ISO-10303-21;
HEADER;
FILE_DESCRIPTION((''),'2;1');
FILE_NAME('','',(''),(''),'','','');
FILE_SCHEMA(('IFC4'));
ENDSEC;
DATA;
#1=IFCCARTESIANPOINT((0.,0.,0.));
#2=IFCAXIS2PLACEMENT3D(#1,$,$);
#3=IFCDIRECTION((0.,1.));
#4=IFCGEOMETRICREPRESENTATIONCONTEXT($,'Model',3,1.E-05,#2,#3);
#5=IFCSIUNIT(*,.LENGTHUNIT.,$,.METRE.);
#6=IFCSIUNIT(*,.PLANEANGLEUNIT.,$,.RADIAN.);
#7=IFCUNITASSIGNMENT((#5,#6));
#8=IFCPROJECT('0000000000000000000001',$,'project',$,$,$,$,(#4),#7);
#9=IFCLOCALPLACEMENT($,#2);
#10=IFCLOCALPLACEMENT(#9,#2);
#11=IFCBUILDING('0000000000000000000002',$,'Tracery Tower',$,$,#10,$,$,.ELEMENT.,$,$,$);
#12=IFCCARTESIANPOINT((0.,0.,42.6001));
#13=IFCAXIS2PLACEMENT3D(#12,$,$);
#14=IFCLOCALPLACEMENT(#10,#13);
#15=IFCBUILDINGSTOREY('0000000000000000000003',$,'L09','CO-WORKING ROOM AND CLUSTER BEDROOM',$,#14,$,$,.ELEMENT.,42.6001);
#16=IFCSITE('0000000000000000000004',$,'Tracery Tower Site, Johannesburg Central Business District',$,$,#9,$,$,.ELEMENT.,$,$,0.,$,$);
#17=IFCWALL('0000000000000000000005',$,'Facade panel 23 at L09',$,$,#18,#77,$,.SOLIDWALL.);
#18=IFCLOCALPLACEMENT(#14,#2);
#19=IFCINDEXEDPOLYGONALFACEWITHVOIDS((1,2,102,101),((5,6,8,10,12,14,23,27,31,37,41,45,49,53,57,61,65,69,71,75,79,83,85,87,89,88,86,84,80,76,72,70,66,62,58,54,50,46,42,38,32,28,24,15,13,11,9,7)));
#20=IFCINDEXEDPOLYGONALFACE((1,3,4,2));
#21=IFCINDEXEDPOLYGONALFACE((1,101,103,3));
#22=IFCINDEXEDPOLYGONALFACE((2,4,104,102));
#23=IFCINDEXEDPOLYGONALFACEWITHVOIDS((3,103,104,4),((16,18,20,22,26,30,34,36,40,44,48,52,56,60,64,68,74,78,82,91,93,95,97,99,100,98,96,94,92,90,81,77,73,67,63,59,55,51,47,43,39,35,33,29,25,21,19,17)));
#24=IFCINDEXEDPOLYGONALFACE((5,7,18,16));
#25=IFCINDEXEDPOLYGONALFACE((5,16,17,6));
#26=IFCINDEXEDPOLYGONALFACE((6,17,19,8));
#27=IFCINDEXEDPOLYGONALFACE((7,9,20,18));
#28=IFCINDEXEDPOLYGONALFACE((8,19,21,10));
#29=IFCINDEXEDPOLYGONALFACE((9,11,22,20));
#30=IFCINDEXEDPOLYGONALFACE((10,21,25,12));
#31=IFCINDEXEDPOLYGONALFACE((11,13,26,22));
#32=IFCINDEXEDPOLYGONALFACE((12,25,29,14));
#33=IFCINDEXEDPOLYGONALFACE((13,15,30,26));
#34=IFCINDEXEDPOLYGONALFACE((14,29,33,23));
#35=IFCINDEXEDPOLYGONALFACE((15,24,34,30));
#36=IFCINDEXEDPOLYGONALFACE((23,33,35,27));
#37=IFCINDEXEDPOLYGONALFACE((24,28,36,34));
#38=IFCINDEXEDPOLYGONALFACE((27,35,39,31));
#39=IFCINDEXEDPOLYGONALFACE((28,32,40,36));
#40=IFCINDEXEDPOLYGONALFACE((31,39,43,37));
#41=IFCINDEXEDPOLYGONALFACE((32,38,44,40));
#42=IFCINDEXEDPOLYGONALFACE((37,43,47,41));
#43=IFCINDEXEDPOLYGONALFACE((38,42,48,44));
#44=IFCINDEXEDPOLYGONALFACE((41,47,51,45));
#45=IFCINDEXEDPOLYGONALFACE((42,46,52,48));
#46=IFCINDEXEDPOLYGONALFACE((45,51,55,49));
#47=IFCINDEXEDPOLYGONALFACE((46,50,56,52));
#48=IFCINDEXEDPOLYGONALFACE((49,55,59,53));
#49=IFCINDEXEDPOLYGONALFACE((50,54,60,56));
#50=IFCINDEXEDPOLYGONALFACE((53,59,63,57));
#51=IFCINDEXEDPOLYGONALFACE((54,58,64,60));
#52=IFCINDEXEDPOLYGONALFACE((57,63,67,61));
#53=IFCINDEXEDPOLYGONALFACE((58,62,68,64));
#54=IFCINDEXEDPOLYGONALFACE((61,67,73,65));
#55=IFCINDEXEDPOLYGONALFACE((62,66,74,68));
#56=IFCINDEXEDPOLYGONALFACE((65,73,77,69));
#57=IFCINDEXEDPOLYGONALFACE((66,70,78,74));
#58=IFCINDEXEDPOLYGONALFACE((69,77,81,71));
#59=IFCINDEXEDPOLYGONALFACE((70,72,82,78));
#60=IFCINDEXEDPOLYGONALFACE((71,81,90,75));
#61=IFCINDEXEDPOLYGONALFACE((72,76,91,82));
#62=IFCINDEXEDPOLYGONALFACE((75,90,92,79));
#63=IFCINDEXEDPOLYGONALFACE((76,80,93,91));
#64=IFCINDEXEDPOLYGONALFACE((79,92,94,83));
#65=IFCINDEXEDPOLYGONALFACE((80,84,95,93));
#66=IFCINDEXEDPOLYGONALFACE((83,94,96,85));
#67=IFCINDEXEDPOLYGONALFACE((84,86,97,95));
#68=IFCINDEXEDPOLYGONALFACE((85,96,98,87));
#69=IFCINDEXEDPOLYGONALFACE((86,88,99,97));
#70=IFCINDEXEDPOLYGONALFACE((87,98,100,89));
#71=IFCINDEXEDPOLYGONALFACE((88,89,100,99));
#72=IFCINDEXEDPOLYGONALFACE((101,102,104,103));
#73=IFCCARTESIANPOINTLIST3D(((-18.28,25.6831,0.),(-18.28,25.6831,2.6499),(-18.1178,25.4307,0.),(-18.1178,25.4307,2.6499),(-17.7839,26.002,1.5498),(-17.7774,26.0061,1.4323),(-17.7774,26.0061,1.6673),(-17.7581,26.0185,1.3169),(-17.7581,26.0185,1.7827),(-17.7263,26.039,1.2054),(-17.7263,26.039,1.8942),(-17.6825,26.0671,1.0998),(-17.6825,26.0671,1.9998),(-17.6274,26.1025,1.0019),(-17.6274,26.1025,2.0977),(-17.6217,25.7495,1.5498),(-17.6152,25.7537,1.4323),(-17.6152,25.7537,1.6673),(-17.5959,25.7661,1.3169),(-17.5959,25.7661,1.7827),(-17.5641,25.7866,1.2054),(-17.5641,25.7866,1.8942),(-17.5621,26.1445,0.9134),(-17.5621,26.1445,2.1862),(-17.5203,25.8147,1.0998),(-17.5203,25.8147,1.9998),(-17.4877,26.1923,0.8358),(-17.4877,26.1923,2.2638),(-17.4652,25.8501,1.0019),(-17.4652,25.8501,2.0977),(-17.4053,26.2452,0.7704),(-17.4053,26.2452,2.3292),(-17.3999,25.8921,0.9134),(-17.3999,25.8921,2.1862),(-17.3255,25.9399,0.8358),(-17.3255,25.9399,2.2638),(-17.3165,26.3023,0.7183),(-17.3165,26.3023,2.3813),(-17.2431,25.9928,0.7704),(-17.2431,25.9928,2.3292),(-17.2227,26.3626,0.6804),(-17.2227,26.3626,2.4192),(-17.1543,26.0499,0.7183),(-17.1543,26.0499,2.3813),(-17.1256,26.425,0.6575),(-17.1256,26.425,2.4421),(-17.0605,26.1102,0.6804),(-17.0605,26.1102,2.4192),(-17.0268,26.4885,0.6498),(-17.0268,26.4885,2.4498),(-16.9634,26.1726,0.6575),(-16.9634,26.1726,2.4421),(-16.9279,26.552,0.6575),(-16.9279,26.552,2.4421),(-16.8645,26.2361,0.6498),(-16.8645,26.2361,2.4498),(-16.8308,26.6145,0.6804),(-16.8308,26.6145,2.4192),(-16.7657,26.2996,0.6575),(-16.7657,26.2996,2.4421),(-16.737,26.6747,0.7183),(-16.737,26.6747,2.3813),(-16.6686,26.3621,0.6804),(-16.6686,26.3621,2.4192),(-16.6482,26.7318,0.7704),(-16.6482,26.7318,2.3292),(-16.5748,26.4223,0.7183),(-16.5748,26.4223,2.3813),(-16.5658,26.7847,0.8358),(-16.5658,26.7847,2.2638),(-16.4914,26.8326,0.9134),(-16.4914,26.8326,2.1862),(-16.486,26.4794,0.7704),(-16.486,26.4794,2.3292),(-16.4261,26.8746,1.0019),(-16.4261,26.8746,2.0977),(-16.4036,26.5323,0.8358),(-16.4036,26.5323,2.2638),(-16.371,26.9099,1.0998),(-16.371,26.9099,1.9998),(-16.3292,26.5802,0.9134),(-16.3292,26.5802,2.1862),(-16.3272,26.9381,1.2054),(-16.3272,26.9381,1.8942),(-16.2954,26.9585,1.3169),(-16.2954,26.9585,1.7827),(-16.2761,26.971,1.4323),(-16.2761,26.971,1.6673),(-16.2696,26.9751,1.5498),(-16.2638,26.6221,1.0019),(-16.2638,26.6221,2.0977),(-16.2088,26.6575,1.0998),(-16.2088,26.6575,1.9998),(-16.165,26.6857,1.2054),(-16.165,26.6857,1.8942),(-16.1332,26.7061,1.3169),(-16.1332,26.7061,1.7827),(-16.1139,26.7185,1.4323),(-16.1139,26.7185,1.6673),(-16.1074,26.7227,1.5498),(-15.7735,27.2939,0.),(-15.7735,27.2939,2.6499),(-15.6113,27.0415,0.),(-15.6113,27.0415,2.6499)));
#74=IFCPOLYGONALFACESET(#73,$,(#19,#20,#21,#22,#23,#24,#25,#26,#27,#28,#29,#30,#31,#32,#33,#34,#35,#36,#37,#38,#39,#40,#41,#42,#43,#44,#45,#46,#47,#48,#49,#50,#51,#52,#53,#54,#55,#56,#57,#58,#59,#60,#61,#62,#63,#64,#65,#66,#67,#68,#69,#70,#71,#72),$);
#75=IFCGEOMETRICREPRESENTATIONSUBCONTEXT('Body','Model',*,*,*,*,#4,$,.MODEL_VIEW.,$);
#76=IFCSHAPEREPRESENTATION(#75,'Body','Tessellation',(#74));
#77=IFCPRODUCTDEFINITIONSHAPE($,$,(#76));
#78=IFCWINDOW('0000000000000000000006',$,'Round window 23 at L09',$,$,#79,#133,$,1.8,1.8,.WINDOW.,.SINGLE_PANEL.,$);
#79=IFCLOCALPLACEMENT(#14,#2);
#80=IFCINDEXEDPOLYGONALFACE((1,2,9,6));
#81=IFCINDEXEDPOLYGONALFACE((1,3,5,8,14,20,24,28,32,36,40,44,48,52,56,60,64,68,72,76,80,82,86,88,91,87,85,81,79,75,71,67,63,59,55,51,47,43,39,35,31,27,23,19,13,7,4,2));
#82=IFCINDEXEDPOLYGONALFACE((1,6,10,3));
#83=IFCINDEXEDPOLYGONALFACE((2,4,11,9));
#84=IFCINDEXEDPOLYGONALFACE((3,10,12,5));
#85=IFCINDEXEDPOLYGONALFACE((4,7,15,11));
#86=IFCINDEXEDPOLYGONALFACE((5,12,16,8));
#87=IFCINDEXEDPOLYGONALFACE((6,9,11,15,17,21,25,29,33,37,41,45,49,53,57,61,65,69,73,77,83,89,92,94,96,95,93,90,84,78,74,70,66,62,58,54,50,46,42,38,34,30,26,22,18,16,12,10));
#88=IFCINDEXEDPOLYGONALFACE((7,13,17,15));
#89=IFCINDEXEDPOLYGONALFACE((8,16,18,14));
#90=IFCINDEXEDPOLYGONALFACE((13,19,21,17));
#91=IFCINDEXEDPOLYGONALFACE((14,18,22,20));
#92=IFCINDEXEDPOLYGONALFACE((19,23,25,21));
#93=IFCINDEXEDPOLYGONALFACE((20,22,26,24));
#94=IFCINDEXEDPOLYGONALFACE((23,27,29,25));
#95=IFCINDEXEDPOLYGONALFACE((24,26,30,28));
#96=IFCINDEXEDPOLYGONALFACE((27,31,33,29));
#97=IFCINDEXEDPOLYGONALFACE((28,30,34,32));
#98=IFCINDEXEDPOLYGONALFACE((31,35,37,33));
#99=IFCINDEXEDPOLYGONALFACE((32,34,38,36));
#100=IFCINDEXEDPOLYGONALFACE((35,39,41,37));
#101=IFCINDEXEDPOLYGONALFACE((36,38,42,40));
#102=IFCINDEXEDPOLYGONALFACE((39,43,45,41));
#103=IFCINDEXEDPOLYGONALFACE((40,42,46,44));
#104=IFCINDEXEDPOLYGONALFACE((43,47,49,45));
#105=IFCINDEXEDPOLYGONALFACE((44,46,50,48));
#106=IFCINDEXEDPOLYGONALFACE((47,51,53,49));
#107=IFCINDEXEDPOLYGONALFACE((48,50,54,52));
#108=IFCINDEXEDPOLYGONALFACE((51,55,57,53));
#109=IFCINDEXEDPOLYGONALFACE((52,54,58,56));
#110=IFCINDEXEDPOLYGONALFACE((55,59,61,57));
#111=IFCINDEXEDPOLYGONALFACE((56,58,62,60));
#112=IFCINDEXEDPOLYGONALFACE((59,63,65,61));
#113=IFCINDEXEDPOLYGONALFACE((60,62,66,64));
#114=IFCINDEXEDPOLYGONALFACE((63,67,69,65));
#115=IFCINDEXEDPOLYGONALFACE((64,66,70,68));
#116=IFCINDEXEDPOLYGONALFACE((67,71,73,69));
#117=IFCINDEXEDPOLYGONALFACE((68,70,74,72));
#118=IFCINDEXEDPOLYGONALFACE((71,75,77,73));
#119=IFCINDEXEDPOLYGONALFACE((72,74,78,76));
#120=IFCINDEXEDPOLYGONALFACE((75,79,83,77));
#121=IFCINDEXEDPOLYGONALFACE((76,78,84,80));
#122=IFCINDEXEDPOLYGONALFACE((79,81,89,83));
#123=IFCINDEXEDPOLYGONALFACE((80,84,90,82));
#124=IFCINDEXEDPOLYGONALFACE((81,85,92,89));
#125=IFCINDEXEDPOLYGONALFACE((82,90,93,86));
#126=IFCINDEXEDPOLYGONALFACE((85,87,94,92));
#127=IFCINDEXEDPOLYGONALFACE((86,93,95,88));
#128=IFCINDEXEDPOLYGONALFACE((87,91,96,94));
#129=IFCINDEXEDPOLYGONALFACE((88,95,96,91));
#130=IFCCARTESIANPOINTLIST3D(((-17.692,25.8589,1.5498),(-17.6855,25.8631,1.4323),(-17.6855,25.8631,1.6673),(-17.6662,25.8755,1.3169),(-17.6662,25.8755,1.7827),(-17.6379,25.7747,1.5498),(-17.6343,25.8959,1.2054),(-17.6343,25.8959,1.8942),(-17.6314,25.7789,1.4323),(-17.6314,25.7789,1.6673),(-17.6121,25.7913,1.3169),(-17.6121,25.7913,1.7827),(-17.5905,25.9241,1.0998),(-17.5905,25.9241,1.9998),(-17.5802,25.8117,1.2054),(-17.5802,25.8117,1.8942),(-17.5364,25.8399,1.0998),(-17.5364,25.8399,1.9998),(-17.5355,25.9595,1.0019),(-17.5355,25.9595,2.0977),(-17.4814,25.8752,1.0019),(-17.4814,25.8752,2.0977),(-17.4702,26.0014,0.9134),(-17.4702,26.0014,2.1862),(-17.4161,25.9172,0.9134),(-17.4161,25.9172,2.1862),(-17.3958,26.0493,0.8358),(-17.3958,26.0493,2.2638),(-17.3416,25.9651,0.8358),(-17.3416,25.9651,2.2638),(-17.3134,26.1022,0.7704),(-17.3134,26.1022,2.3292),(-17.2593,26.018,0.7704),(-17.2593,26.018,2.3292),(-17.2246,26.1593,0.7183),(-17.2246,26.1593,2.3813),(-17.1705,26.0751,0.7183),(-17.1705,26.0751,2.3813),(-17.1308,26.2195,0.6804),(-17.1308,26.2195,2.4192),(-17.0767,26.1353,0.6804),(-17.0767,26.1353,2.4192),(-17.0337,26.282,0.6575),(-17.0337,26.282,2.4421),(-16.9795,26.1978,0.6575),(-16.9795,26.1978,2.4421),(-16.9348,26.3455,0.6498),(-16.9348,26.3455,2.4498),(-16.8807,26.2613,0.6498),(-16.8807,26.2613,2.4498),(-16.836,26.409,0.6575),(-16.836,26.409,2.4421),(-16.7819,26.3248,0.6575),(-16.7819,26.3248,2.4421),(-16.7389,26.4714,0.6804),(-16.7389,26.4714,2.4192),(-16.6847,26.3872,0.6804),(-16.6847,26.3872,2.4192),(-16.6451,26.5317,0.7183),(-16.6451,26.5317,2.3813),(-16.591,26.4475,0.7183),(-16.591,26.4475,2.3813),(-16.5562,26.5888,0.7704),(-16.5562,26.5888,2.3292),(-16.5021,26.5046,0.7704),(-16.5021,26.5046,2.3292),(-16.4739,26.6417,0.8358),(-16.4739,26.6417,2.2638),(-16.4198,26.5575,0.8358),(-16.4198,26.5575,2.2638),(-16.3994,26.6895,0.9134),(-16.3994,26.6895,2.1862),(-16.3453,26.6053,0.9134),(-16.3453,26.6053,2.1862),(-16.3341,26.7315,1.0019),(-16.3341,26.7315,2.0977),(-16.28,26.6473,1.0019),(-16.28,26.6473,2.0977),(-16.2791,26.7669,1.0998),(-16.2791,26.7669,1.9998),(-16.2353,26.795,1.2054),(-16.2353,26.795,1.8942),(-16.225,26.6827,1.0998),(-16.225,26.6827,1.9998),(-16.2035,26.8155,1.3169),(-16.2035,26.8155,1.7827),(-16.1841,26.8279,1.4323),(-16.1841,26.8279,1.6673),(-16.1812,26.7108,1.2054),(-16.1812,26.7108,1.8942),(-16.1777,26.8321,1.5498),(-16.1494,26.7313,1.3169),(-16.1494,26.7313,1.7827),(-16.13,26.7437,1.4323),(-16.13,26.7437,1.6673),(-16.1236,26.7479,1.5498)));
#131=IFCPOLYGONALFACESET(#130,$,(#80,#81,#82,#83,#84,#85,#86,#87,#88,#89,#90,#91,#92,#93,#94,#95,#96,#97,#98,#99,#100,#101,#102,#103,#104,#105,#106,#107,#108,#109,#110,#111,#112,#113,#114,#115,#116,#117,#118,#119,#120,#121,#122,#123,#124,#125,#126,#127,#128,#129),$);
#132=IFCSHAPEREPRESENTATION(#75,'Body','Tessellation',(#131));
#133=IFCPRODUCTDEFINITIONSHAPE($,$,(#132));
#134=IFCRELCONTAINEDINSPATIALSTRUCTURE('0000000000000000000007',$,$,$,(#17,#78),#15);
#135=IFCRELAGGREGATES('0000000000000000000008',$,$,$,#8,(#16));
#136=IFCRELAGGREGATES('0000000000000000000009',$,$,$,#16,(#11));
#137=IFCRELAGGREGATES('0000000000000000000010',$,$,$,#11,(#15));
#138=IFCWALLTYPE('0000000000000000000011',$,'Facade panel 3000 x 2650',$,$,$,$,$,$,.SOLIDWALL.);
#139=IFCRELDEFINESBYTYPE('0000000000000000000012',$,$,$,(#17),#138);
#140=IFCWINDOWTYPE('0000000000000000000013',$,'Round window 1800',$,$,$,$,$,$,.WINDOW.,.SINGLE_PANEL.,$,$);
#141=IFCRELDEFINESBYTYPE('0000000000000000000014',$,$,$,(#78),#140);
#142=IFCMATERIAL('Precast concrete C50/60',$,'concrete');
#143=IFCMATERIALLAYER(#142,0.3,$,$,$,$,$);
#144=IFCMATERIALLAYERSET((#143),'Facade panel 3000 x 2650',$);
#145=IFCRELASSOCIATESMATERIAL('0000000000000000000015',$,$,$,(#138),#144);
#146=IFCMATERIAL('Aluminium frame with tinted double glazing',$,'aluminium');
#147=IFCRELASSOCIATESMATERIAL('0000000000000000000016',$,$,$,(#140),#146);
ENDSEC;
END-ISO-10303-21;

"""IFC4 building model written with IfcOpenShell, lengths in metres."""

from ifc_helpers import new_model, si_unit, direction, frame, frame_2d, origin, origin_2d, place, context, subcontext, project, spatial, rectangle, circle, extrude, material, layer, layer_set, type_object, element, fill, save


model = new_model("IFC4")

# Units and contexts
model_context = context("Model", 3, precision=1e-05, world=origin(), true_north=direction((0.0, 1.0)))
body_context = subcontext(model_context, "Body", "Model", "MODEL_VIEW")
ifc_project = project(units=[si_unit("LENGTHUNIT", "METRE"), si_unit("PLANEANGLEUNIT", "RADIAN")], contexts=[model_context])

# Site, building, storey
site_placement = place(None, origin())
site = spatial("IfcSite", under=ifc_project, at=site_placement, Name="Tracery Tower Site, Johannesburg Central Business District", CompositionType="ELEMENT", RefElevation=0.0)
building_placement = place(site_placement, origin())
building = spatial("IfcBuilding", under=site, at=building_placement, Name="Tracery Tower", CompositionType="ELEMENT")
storey_placement = place(building_placement, frame((0.0, 0.0, 42.6001)))
storey = spatial("IfcBuildingStorey", under=building, at=storey_placement, Name="L09", Description="CO-WORKING ROOM AND CLUSTER BEDROOM", CompositionType="ELEMENT", Elevation=42.6001)

# Wall, opening, window
ifc_material_1 = material(Name="Precast concrete C50/60", Category="concrete")
ifc_layer_1 = layer(ifc_material_1, 0.3)
ifc_layer_set_1 = layer_set([ifc_layer_1], Name="Facade panel 3000 x 2650")
wall_type_1 = type_object("IfcWallType", Name="Facade panel 3000 x 2650", PredefinedType="SOLIDWALL", material=ifc_layer_set_1)
wall_1_placement = place(storey_placement, frame((-15.6924, 27.1677, 0.0), z_axis=(0.0, 0.0, 1.0), x_axis=(-0.841261, -0.540629, 0.0)))
wall_1 = element("IfcWall", 1, at=wall_1_placement, inside=storey, type_object=wall_type_1, Name="Facade panel 23 at L09", PredefinedType="SOLIDWALL", context=body_context, shape_type="SweptSolid", body=[
    extrude(rectangle(XDim=2.9795, YDim=0.3, at=frame_2d((1.4897, 0.0))), origin(), (0.0, 0.0, 1.0), 2.6499),
])
opening_1_placement = place(wall_1_placement, frame((1.4897, 0.0, 1.5498)))
opening_1 = element("IfcOpeningElement", 2, at=opening_1_placement, cuts=wall_1, PredefinedType="OPENING", context=body_context, shape_type="SweptSolid", body=[
    extrude(circle(Radius=0.9, at=origin_2d()), frame((0.0, 0.1599, 0.0), z_axis=(0.0, -1.0, 0.0), x_axis=(1.0, 0.0, 0.0)), (0.0, 0.0, 1.0), 0.3201),
])
ifc_material_2 = material(Name="Aluminium frame with tinted double glazing", Category="aluminium")
window_type = type_object("IfcWindowType", Name="Round window 1800", PartitioningType="SINGLE_PANEL", PredefinedType="WINDOW", material=ifc_material_2)
window_1_placement = place(opening_1_placement, origin())
window_1 = element("IfcWindow", 3, at=window_1_placement, inside=storey, type_object=window_type, Name="Round window 23 at L09", OverallHeight=1.8, OverallWidth=1.8, PartitioningType="SINGLE_PANEL", PredefinedType="WINDOW", context=body_context, shape_type="SweptSolid", body=[
    extrude(circle(Radius=0.9, at=origin_2d()), frame((0.0, 0.1201, 0.0), z_axis=(0.0, -1.0, 0.0), x_axis=(1.0, 0.0, 0.0)), (0.0, 0.0, 1.0), 0.1001),
])
fill(opening_1, window_1)

save(model, "model.ifc")
